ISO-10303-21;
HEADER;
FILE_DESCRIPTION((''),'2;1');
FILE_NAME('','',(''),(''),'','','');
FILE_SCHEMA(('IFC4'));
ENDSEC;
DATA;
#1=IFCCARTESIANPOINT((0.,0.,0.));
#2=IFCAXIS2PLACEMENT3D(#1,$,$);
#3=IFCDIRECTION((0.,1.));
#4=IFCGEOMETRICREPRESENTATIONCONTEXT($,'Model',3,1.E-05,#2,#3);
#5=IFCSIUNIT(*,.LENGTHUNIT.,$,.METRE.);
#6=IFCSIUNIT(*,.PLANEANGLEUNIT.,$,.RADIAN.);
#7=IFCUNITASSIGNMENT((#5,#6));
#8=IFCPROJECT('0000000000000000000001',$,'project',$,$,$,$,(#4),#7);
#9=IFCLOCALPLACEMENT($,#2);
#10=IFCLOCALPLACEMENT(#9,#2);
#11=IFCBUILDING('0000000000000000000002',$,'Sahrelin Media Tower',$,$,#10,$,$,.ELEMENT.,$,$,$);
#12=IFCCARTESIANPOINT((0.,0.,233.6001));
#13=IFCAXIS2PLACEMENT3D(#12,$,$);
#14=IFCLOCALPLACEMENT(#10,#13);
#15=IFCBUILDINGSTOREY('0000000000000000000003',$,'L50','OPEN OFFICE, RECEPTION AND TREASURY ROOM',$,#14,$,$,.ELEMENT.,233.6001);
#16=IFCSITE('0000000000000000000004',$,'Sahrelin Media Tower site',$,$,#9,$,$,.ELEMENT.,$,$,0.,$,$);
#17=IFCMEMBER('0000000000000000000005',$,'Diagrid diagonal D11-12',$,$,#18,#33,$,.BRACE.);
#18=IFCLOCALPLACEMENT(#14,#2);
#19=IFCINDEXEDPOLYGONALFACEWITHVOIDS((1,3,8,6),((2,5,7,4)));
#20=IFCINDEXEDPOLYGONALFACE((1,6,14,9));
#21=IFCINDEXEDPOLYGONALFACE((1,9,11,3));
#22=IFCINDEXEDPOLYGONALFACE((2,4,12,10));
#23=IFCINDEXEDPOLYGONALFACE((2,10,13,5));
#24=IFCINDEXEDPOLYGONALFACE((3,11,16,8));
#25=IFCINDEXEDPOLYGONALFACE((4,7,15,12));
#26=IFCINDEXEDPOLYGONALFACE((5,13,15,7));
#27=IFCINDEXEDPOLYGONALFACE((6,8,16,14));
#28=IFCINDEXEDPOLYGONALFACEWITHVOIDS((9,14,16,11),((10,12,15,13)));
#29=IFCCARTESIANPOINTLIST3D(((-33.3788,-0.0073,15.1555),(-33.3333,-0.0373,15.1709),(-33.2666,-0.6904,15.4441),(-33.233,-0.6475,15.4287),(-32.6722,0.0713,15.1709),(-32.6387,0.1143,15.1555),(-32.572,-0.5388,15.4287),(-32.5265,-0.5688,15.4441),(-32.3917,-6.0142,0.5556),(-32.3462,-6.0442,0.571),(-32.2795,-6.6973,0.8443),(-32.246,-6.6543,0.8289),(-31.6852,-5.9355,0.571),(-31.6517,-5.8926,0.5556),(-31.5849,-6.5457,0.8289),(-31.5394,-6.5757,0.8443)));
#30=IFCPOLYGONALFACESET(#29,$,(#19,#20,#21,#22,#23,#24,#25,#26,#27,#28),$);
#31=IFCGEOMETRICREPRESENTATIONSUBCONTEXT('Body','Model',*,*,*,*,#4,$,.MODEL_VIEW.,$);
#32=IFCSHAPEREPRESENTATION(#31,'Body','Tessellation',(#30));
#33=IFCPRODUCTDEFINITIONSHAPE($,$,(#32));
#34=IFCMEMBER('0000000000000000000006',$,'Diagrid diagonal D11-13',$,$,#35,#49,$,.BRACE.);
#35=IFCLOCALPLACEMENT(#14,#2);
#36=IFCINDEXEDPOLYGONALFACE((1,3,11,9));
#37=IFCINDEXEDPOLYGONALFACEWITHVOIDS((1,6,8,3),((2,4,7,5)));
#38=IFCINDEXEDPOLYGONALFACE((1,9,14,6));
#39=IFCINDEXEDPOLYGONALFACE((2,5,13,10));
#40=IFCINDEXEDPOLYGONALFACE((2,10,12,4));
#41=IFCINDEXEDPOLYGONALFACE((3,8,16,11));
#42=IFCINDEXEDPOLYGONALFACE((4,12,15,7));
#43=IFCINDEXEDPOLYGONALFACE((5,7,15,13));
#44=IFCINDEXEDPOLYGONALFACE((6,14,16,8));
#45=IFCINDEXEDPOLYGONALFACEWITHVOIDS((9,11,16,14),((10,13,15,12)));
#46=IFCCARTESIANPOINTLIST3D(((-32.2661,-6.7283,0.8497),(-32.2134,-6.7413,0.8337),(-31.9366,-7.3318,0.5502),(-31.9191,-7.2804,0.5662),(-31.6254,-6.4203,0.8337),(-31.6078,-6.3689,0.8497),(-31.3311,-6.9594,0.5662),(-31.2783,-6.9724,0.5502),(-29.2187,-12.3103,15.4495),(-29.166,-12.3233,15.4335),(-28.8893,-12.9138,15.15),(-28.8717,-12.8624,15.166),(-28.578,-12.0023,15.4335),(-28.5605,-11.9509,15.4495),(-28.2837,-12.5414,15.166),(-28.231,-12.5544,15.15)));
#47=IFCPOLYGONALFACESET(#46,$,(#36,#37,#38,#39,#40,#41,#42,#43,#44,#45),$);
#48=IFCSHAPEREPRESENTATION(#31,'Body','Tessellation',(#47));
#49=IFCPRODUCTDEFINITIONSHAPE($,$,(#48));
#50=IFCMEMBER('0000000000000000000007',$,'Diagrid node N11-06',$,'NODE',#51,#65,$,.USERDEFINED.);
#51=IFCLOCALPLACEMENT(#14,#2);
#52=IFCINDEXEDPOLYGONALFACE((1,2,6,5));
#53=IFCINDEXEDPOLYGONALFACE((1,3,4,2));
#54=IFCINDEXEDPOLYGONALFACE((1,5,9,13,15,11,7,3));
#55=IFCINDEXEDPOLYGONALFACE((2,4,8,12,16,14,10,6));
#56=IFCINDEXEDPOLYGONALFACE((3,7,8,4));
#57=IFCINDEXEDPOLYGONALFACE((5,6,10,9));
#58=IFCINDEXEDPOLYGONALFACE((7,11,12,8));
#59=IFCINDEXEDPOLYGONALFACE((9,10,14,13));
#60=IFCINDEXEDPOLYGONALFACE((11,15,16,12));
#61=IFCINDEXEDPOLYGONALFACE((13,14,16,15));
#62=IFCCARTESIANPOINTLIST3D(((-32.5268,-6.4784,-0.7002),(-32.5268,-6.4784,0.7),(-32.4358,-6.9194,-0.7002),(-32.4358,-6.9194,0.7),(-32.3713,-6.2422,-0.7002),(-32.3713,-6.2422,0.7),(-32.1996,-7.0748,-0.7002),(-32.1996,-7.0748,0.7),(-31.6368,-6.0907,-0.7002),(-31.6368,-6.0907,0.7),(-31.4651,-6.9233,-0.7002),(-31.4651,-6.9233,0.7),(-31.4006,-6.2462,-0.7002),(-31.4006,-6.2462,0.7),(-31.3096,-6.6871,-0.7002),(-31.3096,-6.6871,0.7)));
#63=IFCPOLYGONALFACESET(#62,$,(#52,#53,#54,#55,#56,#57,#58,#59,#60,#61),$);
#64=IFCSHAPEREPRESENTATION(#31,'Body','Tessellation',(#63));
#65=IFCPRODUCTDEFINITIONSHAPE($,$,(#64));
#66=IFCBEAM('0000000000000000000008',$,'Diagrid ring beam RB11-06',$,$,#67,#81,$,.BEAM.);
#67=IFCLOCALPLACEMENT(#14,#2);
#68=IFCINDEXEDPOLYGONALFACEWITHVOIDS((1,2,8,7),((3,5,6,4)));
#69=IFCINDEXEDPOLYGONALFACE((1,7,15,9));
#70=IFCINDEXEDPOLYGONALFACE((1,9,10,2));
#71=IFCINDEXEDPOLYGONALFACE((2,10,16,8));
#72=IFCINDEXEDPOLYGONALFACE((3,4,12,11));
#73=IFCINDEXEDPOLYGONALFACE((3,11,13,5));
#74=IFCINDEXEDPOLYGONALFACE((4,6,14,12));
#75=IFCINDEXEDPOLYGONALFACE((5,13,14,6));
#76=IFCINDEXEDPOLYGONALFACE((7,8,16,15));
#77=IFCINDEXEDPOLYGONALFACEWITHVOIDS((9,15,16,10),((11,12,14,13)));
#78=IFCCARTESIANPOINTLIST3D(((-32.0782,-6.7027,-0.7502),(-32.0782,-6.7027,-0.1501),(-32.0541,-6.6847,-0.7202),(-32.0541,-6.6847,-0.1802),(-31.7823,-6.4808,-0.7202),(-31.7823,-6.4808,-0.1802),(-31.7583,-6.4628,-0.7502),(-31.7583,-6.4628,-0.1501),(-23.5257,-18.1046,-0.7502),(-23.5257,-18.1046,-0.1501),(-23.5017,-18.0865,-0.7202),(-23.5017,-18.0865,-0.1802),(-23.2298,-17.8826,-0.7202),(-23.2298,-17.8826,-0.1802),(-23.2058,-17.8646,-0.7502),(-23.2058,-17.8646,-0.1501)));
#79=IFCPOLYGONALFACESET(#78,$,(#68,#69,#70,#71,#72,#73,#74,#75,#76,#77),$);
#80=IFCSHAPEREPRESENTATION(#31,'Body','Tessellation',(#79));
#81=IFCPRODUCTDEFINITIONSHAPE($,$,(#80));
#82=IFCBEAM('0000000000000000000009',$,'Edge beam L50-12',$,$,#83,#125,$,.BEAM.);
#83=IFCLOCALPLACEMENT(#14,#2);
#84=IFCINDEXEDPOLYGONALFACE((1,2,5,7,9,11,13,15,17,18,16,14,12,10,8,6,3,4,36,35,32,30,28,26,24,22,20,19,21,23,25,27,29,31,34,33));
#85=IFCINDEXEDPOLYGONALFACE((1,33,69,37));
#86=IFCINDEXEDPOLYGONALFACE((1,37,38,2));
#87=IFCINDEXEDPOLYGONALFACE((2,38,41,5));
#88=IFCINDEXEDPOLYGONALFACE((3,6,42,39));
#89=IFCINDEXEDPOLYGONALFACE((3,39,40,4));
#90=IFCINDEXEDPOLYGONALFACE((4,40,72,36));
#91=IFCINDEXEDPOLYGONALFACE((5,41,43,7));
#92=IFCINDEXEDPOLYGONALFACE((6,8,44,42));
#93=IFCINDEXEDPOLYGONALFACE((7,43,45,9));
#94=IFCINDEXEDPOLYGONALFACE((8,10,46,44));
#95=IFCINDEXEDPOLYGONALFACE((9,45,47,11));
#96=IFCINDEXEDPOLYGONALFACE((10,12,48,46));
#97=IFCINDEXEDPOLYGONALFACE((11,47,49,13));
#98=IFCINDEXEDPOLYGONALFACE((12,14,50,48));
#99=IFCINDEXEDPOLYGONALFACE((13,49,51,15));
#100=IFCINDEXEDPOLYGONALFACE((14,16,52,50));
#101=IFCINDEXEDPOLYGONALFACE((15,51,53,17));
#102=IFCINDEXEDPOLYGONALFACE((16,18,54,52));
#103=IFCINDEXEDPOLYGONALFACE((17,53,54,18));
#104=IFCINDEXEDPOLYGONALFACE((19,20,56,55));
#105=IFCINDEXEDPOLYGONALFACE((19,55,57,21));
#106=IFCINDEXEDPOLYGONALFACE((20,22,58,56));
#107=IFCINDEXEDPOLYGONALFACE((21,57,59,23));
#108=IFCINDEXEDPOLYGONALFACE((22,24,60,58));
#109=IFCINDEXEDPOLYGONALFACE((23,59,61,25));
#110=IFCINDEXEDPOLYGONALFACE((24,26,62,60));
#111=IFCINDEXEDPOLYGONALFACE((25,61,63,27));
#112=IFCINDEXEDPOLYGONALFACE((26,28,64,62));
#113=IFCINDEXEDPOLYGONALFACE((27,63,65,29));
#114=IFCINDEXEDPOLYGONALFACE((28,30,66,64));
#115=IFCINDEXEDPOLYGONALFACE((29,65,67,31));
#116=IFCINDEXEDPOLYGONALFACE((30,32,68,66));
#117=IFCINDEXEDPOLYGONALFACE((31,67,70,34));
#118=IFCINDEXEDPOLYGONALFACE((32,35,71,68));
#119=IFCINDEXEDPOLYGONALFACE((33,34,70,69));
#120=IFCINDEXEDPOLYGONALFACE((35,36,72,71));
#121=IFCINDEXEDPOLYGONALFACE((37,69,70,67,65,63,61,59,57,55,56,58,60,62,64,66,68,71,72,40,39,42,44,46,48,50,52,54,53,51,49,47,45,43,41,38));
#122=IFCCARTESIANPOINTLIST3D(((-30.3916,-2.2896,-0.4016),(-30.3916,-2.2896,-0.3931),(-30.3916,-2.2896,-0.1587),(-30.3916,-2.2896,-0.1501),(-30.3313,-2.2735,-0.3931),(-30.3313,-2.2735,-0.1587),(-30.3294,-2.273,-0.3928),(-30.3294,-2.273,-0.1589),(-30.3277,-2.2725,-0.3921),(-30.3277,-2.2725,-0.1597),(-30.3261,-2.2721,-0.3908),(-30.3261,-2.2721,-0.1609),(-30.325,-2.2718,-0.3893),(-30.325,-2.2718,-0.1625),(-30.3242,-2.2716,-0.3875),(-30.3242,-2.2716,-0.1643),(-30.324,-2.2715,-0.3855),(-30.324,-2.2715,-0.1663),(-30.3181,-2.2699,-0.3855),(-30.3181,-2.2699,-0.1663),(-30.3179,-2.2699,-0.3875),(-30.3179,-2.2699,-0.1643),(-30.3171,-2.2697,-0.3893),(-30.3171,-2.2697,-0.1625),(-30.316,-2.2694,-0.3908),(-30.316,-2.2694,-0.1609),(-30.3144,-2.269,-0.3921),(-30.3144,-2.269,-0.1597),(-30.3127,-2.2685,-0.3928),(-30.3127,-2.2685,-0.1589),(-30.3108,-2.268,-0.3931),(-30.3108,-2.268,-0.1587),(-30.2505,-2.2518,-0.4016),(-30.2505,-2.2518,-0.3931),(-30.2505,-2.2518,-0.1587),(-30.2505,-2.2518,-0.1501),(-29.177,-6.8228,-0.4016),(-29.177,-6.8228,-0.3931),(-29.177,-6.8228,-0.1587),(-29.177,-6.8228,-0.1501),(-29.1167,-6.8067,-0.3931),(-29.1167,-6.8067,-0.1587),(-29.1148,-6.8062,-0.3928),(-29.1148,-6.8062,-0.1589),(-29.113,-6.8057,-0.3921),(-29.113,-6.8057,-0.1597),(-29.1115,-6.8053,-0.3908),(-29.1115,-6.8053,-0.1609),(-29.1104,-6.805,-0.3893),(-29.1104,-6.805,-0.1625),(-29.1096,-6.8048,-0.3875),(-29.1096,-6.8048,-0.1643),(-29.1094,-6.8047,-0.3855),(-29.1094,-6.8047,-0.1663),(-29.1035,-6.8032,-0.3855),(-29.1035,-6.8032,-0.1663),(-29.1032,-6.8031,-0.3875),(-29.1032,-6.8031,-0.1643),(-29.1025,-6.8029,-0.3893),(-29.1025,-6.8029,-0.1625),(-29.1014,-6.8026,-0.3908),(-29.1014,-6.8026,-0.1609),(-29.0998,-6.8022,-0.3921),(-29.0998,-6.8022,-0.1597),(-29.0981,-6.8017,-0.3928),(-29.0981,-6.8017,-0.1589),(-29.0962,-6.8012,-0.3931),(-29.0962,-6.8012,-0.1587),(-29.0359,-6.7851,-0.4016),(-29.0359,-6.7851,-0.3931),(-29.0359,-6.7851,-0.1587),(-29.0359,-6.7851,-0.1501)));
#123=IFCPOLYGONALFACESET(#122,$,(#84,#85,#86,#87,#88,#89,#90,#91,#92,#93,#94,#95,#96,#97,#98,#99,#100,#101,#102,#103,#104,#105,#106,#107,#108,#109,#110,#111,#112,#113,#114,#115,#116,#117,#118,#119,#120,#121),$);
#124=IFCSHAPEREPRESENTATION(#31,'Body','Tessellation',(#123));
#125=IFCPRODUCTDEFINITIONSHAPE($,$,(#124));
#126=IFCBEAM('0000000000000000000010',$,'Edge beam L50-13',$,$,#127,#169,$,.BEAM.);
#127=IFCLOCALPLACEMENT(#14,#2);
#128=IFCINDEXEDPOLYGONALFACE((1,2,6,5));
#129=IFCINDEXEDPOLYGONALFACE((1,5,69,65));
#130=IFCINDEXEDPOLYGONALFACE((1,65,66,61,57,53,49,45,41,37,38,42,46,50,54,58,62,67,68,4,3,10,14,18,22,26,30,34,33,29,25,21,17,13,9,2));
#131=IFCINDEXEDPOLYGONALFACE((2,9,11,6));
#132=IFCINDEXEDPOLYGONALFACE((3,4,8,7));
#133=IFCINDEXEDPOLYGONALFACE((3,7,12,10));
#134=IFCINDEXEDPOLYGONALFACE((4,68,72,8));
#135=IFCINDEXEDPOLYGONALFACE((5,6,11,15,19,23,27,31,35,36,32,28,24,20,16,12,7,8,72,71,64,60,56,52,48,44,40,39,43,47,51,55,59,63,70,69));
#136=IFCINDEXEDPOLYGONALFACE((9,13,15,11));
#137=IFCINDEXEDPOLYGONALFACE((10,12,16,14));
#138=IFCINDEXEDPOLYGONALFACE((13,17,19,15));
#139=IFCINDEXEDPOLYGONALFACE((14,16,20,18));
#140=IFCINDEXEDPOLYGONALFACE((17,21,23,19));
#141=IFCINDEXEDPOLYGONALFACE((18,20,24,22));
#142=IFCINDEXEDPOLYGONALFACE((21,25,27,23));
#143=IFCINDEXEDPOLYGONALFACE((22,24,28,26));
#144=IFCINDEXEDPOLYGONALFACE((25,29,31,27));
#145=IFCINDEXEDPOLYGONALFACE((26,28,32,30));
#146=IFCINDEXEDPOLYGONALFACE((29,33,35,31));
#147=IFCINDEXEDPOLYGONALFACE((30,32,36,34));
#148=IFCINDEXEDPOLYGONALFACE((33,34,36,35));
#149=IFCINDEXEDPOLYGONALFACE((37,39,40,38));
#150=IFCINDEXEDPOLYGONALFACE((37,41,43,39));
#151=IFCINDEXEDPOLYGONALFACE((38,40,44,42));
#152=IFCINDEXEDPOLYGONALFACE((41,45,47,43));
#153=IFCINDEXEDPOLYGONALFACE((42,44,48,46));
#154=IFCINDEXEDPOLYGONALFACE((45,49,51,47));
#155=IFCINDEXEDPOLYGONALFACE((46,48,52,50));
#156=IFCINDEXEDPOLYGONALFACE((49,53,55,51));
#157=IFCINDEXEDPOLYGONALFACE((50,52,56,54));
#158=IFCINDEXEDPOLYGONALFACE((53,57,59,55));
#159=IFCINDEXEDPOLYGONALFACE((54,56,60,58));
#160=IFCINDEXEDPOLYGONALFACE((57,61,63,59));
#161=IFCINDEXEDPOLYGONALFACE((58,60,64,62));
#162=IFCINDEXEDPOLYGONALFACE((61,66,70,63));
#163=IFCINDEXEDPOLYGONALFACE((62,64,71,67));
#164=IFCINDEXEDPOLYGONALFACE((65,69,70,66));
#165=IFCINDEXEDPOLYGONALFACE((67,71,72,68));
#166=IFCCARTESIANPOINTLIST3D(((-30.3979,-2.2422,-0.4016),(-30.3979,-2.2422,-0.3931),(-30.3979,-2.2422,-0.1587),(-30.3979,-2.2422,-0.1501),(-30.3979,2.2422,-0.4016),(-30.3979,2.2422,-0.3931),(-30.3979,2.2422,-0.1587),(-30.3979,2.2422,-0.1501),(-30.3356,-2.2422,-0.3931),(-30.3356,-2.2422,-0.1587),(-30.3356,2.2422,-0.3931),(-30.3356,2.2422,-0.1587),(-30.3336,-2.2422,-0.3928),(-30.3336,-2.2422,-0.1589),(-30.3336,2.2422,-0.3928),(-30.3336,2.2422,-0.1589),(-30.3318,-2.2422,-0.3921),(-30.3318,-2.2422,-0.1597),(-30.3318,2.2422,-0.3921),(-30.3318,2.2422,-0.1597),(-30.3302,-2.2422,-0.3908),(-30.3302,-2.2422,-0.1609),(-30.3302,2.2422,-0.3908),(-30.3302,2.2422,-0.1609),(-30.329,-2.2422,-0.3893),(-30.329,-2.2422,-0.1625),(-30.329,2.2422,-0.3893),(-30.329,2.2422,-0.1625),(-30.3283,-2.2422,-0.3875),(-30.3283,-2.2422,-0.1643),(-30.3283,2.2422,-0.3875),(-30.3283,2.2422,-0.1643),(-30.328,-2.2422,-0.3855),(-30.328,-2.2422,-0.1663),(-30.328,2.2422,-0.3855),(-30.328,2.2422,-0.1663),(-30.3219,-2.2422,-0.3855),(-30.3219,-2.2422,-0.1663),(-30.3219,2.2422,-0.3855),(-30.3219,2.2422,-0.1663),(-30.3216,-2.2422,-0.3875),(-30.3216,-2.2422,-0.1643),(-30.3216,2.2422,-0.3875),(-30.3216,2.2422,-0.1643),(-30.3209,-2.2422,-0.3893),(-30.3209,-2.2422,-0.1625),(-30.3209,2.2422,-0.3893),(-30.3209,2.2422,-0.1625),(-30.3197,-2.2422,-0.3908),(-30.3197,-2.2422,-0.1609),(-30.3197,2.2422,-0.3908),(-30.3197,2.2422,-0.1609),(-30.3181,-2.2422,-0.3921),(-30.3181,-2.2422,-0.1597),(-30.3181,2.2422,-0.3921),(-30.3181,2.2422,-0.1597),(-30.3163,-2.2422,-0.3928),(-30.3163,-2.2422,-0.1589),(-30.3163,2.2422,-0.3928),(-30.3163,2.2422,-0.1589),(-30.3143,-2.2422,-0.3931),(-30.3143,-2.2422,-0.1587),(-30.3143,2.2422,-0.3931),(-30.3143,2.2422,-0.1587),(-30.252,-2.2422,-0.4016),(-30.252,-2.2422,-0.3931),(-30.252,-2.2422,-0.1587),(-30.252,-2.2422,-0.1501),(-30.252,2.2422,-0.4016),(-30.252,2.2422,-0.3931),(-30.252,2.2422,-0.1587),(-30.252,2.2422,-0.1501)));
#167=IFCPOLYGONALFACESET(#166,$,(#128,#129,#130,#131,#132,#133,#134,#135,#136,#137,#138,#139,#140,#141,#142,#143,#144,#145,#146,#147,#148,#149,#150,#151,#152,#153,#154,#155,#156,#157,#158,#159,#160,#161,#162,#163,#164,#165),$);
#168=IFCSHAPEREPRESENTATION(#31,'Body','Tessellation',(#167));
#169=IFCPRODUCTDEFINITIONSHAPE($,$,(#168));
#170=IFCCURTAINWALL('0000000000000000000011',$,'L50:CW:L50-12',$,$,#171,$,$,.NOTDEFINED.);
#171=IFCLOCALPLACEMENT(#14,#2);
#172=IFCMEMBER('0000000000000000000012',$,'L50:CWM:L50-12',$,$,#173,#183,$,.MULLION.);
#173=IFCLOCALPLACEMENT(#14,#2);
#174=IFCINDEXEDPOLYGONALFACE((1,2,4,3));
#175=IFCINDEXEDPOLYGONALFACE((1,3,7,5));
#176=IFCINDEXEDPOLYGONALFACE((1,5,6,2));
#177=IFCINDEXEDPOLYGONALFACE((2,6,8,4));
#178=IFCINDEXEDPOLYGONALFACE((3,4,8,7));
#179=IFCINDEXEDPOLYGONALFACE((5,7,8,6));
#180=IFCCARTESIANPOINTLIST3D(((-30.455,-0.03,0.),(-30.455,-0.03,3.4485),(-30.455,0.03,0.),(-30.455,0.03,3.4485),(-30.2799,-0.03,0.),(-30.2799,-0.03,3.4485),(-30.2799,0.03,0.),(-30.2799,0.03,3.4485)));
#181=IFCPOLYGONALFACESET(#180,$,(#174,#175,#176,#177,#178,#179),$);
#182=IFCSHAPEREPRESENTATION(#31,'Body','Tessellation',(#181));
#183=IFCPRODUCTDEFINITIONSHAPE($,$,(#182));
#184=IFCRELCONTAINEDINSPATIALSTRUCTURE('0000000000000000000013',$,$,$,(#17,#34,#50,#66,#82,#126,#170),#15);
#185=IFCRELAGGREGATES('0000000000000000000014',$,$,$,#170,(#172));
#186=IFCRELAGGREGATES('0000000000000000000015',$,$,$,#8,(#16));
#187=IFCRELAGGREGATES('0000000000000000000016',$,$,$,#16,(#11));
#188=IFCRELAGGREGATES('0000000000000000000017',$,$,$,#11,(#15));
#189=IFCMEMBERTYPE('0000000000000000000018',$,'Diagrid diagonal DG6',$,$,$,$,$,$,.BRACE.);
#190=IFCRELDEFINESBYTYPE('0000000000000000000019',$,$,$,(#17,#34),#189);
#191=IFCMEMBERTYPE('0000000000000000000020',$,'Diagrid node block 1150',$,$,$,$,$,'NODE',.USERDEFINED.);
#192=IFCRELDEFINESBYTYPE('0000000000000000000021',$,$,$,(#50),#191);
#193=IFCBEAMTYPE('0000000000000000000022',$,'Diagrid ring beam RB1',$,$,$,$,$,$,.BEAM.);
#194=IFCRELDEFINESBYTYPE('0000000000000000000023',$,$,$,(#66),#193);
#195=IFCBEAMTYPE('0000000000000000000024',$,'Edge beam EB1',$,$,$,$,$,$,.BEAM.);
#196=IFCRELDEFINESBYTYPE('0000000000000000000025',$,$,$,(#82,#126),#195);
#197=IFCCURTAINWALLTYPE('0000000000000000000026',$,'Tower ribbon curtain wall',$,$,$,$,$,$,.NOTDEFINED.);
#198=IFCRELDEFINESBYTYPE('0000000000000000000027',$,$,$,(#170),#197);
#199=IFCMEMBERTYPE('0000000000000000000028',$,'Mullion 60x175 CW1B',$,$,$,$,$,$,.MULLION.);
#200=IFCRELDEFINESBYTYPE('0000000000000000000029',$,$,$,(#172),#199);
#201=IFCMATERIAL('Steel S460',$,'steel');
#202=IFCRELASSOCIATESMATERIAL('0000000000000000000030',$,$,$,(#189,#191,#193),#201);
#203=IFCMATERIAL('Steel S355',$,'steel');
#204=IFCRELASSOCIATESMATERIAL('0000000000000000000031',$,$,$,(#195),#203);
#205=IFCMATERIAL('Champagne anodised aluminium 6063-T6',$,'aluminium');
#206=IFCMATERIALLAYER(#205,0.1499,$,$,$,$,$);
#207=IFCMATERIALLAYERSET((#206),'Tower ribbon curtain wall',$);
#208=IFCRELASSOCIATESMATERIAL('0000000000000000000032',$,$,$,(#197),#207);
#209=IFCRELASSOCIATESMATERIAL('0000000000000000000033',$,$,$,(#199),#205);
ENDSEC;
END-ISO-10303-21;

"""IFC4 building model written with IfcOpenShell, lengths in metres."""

from ifc_helpers import new_model, si_unit, direction, frame, origin, origin_2d, place, context, subcontext, project, spatial, polyline, rectangle, hollow_rectangle, i_section, outline, extrude, material, layer, layer_set, material_profile, profile_set, type_object, element, aggregate, save


model = new_model("IFC4")

# Units and contexts
model_context = context("Model", 3, precision=1e-05, world=origin(), true_north=direction((0.0, 1.0)))
body_context = subcontext(model_context, "Body", "Model", "MODEL_VIEW")
ifc_project = project(units=[si_unit("LENGTHUNIT", "METRE"), si_unit("PLANEANGLEUNIT", "RADIAN")], contexts=[model_context])

# Site, building, storey
site_placement = place(None, origin())
site = spatial("IfcSite", under=ifc_project, at=site_placement, Name="Sahrelin Media Tower site", CompositionType="ELEMENT", RefElevation=0.0)
building_placement = place(site_placement, origin())
building = spatial("IfcBuilding", under=site, at=building_placement, Name="Sahrelin Media Tower", CompositionType="ELEMENT")
storey_placement = place(building_placement, frame((0.0, 0.0, 233.6001)))
storey = spatial("IfcBuildingStorey", under=building, at=storey_placement, Name="L50", Description="OPEN OFFICE, RECEPTION AND TREASURY ROOM", CompositionType="ELEMENT", Elevation=233.6001)

# Members
ifc_material_1 = material(Name="Steel S460", Category="steel")
ifc_material_profile_1 = material_profile(ifc_material_1, hollow_rectangle(XDim=0.75, YDim=0.75, WallThickness=0.04, at=origin_2d()), Name="Diagrid diagonal DG6")
ifc_profile_set_1 = profile_set([ifc_material_profile_1], Name="Steel S460")
member_type_1 = type_object("IfcMemberType", Name="Diagrid diagonal DG6", PredefinedType="BRACE", material=ifc_profile_set_1)
member_1_placement = place(storey_placement, frame((-31.9656, -6.2949, 0.7), z_axis=(-0.062401, 0.379745, 0.922984), x_axis=(-0.986766, -0.162148, 0.0)))
element("IfcMember", 1, at=member_1_placement, inside=storey, type_object=member_type_1, Name="Diagrid diagonal D11-12", PredefinedType="BRACE", context=body_context, shape_type="SweptSolid", body=[
    extrude(hollow_rectangle(XDim=0.75, YDim=0.75, WallThickness=0.04, at=origin_2d()), origin(), (0.0, 0.0, 1.0), 15.8181),
])
member_2_placement = place(storey_placement, frame((-31.7722, -6.8503, 0.7), z_axis=(0.191359, -0.350523, 0.916796), x_axis=(0.877722, 0.479169, 0.0)))
element("IfcMember", 2, at=member_2_placement, inside=storey, type_object=member_type_1, Name="Diagrid diagonal D11-13", PredefinedType="BRACE", context=body_context, shape_type="SweptSolid", body=[
    extrude(hollow_rectangle(XDim=0.75, YDim=0.75, WallThickness=0.04, at=origin_2d()), origin(), (0.0, 0.0, 1.0), 15.9248),
])
ifc_material_profile_2 = material_profile(ifc_material_1, outline(polyline([(0.375, -0.425), (0.575, -0.2251), (0.575, 0.2251), (0.375, 0.425), (-0.375, 0.425), (-0.575, 0.2251), (-0.575, -0.2251), (-0.375, -0.425), (0.375, -0.425)])), Name="Diagrid node block 1150")
ifc_profile_set_2 = profile_set([ifc_material_profile_2], Name="Steel S460")
member_type_2 = type_object("IfcMemberType", Name="Diagrid node block 1150", ElementType="NODE", PredefinedType="USERDEFINED", material=ifc_profile_set_2)
member_3_placement = place(storey_placement, frame((-31.9182, -6.5828, -0.7002), z_axis=(0.0, 0.0, 1.0), x_axis=(-0.979388, -0.201989, 0.0)))
element("IfcMember", 3, at=member_3_placement, inside=storey, type_object=member_type_2, Name="Diagrid node N11-06", ObjectType="NODE", PredefinedType="USERDEFINED", context=body_context, shape_type="SweptSolid", body=[
    extrude(outline(polyline([(0.375, -0.425), (0.575, -0.2251), (0.575, 0.2251), (0.375, 0.425), (-0.375, 0.425), (-0.575, 0.2251), (-0.575, -0.2251), (-0.375, -0.425), (0.375, -0.425)])), origin(), (0.0, 0.0, 1.0), 1.4001),
])

# Beams
ifc_material_profile_3 = material_profile(ifc_material_1, hollow_rectangle(XDim=0.3999, YDim=0.6001, WallThickness=0.03, at=origin_2d()), Name="Diagrid ring beam RB1")
ifc_profile_set_3 = profile_set([ifc_material_profile_3], Name="Steel S460")
beam_type_1 = type_object("IfcBeamType", Name="Diagrid ring beam RB1", PredefinedType="BEAM", material=ifc_profile_set_3)
beam_1_placement = place(storey_placement, frame((-31.9182, -6.5828, -0.4502), z_axis=(0.600049, -0.799963, 0.0), x_axis=(0.799963, 0.600049, 0.0)))
element("IfcBeam", 4, at=beam_1_placement, inside=storey, type_object=beam_type_1, Name="Diagrid ring beam RB11-06", PredefinedType="BEAM", context=body_context, shape_type="SweptSolid", body=[
    extrude(hollow_rectangle(XDim=0.3999, YDim=0.6001, WallThickness=0.03, at=origin_2d()), origin(), (0.0, 0.0, 1.0), 14.2529),
])
ifc_material_2 = material(Name="Steel S355", Category="steel")
ifc_material_profile_4 = material_profile(ifc_material_2, i_section(OverallWidth=0.146, OverallDepth=0.2515, WebThickness=0.0061, FlangeThickness=0.0085, FilletRadius=0.0076, at=origin_2d()), Name="UB 254x146x31")
ifc_profile_set_4 = profile_set([ifc_material_profile_4], Name="Steel S355")
beam_type_2 = type_object("IfcBeamType", Name="Edge beam EB1", PredefinedType="BEAM", material=ifc_profile_set_4)
beam_2_placement = place(storey_placement, frame((-29.1064, -6.804, -0.2759), z_axis=(-0.258805, 0.965929, 0.0), x_axis=(-0.965929, -0.258805, 0.0)))
element("IfcBeam", 5, at=beam_2_placement, inside=storey, type_object=beam_type_2, Name="Edge beam L50-12", PredefinedType="BEAM", context=body_context, shape_type="SweptSolid", body=[
    extrude(i_section(OverallWidth=0.146, OverallDepth=0.2515, WebThickness=0.0061, FlangeThickness=0.0085, FilletRadius=0.0076, at=origin_2d()), origin(), (0.0, 0.0, 1.0), 4.6931),
])
beam_3_placement = place(storey_placement, frame((-30.325, -2.2422, -0.2759), z_axis=(0.0, 1.0, 0.0), x_axis=(-1.0, 0.0, 0.0)))
element("IfcBeam", 6, at=beam_3_placement, inside=storey, type_object=beam_type_2, Name="Edge beam L50-13", PredefinedType="BEAM", context=body_context, shape_type="SweptSolid", body=[
    extrude(i_section(OverallWidth=0.146, OverallDepth=0.2515, WebThickness=0.0061, FlangeThickness=0.0085, FilletRadius=0.0076, at=origin_2d()), origin(), (0.0, 0.0, 1.0), 4.4844),
])

# Curtain wall, member
ifc_material_3 = material(Name="Champagne anodised aluminium 6063-T6", Category="aluminium")
ifc_layer_1 = layer(ifc_material_3, 0.1499)
ifc_layer_set_1 = layer_set([ifc_layer_1], Name="Tower ribbon curtain wall")
curtain_wall_type = type_object("IfcCurtainWallType", Name="Tower ribbon curtain wall", PredefinedType="NOTDEFINED", material=ifc_layer_set_1)
curtain_wall_1_placement = place(storey_placement, frame((-30.4749, 0.0, 0.0), z_axis=(0.0, 0.0, 1.0), x_axis=(1.0, 0.0, 0.0)))
curtain_wall_1 = element("IfcCurtainWall", 7, at=curtain_wall_1_placement, inside=storey, type_object=curtain_wall_type, Name="L50:CW:L50-12", PredefinedType="NOTDEFINED")
ifc_material_profile_5 = material_profile(ifc_material_3, rectangle(XDim=0.0601, YDim=0.175, at=origin_2d()), Name="Mullion 60x175")
ifc_profile_set_5 = profile_set([ifc_material_profile_5], Name="Champagne anodised aluminium 6063-T6")
member_type_3 = type_object("IfcMemberType", Name="Mullion 60x175 CW1B", PredefinedType="MULLION", material=ifc_profile_set_5)
member_4_placement = place(storey_placement, frame((-30.3674, 0.0, 0.0), z_axis=(0.0, 0.0, 1.0), x_axis=(0.0, -1.0, 0.0)))
member_4 = element("IfcMember", 8, at=member_4_placement, type_object=member_type_3, Name="L50:CWM:L50-12", PredefinedType="MULLION", context=body_context, shape_type="SweptSolid", body=[
    extrude(rectangle(XDim=0.0601, YDim=0.175, at=origin_2d()), origin(), (0.0, 0.0, 1.0), 3.4485),
])
aggregate(curtain_wall_1, [member_4])

save(model, "model.ifc")
